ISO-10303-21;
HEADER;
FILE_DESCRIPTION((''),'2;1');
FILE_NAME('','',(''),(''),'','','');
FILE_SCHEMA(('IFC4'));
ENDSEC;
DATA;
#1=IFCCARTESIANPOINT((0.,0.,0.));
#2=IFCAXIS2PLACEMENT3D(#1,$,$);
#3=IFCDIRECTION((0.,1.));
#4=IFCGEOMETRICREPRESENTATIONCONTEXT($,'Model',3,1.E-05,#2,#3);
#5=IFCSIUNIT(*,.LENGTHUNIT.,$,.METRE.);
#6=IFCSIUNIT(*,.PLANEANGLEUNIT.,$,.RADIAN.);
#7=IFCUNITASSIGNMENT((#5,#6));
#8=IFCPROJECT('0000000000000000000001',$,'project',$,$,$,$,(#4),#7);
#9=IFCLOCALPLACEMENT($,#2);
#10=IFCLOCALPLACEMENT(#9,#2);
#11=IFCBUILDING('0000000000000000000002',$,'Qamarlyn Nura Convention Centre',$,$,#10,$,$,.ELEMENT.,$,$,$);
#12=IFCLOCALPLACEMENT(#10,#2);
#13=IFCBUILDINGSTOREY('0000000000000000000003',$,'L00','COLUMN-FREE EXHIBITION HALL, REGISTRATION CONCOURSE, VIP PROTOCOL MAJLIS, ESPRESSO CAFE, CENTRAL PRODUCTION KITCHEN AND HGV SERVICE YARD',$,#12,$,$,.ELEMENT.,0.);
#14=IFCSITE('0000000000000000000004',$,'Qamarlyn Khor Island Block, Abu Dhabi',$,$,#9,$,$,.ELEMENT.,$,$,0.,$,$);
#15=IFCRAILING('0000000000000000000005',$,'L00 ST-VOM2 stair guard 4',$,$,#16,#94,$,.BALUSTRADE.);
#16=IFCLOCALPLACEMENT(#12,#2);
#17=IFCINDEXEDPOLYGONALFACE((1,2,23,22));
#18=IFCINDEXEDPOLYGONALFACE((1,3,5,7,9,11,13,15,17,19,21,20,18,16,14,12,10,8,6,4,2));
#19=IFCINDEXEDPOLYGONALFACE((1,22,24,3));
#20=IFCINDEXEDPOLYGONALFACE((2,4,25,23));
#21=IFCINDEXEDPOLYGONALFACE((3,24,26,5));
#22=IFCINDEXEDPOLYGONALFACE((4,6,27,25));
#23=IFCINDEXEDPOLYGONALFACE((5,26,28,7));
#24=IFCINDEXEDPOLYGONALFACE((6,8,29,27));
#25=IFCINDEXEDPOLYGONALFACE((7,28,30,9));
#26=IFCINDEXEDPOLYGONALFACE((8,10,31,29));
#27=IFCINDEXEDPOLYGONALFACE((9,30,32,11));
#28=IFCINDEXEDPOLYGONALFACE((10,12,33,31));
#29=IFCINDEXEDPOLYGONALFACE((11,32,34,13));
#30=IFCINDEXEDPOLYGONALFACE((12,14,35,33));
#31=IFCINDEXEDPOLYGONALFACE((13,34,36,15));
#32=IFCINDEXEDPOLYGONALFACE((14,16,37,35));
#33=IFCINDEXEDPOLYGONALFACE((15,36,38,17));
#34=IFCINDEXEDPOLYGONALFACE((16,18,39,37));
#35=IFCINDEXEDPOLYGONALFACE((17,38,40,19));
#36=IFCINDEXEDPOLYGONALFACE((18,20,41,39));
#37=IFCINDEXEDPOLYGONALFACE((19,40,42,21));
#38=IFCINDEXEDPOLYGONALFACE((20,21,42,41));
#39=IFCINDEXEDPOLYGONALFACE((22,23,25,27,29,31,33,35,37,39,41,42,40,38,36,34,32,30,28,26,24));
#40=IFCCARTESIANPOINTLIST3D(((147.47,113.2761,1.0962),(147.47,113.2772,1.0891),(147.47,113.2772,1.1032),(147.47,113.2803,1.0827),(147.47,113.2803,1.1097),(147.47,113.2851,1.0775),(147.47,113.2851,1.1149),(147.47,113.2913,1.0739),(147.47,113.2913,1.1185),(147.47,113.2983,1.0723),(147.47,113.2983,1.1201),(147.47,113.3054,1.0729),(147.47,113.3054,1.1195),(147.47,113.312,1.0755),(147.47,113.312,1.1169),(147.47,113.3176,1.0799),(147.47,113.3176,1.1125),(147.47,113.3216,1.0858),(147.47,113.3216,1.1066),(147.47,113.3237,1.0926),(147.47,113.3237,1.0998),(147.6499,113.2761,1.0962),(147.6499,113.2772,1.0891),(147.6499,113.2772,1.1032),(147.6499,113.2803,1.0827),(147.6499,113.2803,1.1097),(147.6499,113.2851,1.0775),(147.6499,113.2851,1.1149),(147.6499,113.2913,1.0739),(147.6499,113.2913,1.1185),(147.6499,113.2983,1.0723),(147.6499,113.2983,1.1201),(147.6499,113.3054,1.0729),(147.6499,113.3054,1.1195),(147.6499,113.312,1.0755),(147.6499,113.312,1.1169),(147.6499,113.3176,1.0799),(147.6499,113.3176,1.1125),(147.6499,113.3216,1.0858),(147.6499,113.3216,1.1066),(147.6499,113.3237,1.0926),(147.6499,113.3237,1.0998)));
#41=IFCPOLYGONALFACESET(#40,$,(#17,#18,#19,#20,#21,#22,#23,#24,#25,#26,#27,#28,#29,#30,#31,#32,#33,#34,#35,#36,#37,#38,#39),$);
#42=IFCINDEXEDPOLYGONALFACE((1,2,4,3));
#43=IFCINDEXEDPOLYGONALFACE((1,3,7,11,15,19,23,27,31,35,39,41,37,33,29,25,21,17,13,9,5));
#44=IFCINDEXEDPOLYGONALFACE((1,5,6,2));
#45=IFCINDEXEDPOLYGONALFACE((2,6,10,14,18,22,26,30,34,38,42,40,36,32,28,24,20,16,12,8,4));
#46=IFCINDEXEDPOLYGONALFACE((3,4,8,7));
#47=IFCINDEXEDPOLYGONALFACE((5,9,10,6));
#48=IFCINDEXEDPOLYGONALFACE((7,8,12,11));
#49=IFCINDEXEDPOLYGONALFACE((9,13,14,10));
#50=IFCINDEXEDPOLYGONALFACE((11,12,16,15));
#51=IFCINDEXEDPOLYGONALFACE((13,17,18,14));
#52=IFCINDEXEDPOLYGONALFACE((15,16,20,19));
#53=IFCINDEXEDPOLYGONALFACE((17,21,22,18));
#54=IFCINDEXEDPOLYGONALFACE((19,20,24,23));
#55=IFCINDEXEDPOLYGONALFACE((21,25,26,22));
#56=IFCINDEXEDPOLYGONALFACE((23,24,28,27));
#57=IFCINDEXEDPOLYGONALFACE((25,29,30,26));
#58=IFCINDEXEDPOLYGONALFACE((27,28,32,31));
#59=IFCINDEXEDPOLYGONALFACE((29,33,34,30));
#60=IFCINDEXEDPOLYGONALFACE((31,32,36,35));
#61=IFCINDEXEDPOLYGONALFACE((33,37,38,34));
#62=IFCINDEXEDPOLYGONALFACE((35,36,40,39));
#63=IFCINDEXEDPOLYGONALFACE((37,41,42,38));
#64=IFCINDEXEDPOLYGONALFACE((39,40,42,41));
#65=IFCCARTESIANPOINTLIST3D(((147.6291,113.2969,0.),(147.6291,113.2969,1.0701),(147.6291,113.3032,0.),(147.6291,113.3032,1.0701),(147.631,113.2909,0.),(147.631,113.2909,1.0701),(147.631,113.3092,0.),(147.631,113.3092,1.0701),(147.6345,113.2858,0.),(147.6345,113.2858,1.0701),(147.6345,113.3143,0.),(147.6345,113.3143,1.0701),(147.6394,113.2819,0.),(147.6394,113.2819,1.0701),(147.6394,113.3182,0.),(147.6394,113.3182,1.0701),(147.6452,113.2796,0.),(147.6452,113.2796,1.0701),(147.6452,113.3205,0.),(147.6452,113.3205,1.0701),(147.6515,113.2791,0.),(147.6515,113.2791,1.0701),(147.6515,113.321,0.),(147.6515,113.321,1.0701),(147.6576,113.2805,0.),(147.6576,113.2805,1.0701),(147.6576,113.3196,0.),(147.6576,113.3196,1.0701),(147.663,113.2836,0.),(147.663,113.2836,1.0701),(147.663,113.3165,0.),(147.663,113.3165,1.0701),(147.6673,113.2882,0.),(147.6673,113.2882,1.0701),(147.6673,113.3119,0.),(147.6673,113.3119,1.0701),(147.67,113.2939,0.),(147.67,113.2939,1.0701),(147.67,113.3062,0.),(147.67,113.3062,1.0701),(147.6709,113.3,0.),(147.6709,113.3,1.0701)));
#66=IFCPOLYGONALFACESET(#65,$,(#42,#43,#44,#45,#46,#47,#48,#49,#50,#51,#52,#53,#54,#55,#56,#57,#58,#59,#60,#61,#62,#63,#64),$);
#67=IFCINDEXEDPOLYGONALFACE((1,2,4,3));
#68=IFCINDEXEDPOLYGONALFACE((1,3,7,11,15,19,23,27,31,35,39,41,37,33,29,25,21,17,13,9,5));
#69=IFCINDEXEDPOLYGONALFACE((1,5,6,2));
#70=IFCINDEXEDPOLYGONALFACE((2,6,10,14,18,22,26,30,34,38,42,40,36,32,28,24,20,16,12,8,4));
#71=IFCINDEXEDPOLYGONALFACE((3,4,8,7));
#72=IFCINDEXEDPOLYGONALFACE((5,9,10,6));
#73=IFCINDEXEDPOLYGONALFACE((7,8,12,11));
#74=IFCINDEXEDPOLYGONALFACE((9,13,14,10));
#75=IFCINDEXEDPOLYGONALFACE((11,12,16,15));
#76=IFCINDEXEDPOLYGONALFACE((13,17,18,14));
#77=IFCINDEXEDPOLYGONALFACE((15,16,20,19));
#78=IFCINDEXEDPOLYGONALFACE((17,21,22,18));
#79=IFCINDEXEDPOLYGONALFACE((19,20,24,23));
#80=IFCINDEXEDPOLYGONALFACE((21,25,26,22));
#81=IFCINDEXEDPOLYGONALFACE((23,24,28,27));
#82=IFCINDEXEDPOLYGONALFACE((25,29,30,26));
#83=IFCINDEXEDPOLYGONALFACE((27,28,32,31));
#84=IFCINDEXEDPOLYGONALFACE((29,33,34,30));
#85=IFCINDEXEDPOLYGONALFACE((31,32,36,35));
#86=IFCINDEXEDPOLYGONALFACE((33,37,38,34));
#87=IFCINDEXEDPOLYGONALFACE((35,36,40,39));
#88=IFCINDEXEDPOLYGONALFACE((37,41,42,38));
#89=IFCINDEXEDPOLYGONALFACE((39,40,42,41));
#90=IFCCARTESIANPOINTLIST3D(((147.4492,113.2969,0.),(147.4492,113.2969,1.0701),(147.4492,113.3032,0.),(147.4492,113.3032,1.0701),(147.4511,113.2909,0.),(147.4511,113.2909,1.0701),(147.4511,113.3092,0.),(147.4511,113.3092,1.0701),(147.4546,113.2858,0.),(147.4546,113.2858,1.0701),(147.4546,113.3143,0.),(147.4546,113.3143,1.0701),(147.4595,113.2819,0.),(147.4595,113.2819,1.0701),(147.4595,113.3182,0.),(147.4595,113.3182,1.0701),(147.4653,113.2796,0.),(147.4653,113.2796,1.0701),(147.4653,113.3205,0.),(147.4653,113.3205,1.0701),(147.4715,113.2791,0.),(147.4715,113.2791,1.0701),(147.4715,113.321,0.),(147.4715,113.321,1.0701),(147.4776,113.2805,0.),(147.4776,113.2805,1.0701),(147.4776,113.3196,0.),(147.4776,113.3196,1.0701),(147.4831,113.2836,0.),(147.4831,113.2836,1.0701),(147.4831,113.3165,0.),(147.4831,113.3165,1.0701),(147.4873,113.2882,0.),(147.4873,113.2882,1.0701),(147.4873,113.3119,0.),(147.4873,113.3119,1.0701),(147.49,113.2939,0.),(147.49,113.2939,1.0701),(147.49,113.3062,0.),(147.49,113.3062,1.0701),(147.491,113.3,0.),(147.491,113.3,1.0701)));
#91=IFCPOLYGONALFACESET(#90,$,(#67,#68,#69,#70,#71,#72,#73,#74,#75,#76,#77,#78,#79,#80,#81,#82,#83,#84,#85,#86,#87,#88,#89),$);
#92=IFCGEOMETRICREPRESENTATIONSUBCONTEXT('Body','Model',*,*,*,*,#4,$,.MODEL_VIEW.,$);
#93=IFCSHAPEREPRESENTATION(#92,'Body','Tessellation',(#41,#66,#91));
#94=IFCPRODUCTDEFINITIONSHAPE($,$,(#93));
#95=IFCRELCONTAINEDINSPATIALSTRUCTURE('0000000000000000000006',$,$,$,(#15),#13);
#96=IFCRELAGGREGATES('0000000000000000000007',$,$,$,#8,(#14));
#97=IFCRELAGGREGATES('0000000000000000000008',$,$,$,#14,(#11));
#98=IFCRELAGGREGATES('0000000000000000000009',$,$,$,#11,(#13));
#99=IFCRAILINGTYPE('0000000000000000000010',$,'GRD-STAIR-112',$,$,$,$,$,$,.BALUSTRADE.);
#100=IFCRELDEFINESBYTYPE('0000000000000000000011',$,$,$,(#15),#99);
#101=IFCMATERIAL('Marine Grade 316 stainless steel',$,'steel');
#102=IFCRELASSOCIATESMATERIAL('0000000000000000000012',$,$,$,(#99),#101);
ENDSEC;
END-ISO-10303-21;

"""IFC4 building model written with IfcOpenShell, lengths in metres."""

from ifc_helpers import new_model, si_unit, direction, frame, origin, origin_2d, place, context, subcontext, project, spatial, circle, extrude, material, type_object, element, save


model = new_model("IFC4")

# Units and contexts
model_context = context("Model", 3, precision=1e-05, world=origin(), true_north=direction((0.0, 1.0)))
body_context = subcontext(model_context, "Body", "Model", "MODEL_VIEW")
ifc_project = project(units=[si_unit("LENGTHUNIT", "METRE"), si_unit("PLANEANGLEUNIT", "RADIAN")], contexts=[model_context])

# Site, building, storey
site_placement = place(None, origin())
site = spatial("IfcSite", under=ifc_project, at=site_placement, Name="Qamarlyn Khor Island Block, Abu Dhabi", CompositionType="ELEMENT", RefElevation=0.0)
building_placement = place(site_placement, origin())
building = spatial("IfcBuilding", under=site, at=building_placement, Name="Qamarlyn Nura Convention Centre", CompositionType="ELEMENT")
storey_placement = place(building_placement, origin())
storey = spatial("IfcBuildingStorey", under=building, at=storey_placement, Name="L00", Description="COLUMN-FREE EXHIBITION HALL, REGISTRATION CONCOURSE, VIP PROTOCOL MAJLIS, ESPRESSO CAFE, CENTRAL PRODUCTION KITCHEN AND HGV SERVICE YARD", CompositionType="ELEMENT", Elevation=0.0)

# Railing
ifc_material_1 = material(Name="Marine Grade 316 stainless steel", Category="steel")
railing_type_1 = type_object("IfcRailingType", Name="GRD-STAIR-112", PredefinedType="BALUSTRADE", material=ifc_material_1)
railing_1_placement = place(storey_placement, frame((147.6499, 113.3, 0.0)))
element("IfcRailing", 1, at=railing_1_placement, inside=storey, type_object=railing_type_1, Name="L00 ST-VOM2 stair guard 4", PredefinedType="BALUSTRADE", context=body_context, shape_type="SweptSolid", body=[
    extrude(circle(Radius=0.0239, at=origin_2d()), frame((0.0, 0.0, 1.0962), z_axis=(-1.0, 0.0, 0.0), x_axis=(0.0, -1.0, 0.0)), (0.0, 0.0, 1.0), 0.1799),
    extrude(circle(Radius=0.021, at=origin_2d()), origin(), (0.0, 0.0, 1.0), 1.0701),
    extrude(circle(Radius=0.021, at=origin_2d()), frame((-0.1799, 0.0, 0.0)), (0.0, 0.0, 1.0), 1.0701),
])

save(model, "model.ifc")
